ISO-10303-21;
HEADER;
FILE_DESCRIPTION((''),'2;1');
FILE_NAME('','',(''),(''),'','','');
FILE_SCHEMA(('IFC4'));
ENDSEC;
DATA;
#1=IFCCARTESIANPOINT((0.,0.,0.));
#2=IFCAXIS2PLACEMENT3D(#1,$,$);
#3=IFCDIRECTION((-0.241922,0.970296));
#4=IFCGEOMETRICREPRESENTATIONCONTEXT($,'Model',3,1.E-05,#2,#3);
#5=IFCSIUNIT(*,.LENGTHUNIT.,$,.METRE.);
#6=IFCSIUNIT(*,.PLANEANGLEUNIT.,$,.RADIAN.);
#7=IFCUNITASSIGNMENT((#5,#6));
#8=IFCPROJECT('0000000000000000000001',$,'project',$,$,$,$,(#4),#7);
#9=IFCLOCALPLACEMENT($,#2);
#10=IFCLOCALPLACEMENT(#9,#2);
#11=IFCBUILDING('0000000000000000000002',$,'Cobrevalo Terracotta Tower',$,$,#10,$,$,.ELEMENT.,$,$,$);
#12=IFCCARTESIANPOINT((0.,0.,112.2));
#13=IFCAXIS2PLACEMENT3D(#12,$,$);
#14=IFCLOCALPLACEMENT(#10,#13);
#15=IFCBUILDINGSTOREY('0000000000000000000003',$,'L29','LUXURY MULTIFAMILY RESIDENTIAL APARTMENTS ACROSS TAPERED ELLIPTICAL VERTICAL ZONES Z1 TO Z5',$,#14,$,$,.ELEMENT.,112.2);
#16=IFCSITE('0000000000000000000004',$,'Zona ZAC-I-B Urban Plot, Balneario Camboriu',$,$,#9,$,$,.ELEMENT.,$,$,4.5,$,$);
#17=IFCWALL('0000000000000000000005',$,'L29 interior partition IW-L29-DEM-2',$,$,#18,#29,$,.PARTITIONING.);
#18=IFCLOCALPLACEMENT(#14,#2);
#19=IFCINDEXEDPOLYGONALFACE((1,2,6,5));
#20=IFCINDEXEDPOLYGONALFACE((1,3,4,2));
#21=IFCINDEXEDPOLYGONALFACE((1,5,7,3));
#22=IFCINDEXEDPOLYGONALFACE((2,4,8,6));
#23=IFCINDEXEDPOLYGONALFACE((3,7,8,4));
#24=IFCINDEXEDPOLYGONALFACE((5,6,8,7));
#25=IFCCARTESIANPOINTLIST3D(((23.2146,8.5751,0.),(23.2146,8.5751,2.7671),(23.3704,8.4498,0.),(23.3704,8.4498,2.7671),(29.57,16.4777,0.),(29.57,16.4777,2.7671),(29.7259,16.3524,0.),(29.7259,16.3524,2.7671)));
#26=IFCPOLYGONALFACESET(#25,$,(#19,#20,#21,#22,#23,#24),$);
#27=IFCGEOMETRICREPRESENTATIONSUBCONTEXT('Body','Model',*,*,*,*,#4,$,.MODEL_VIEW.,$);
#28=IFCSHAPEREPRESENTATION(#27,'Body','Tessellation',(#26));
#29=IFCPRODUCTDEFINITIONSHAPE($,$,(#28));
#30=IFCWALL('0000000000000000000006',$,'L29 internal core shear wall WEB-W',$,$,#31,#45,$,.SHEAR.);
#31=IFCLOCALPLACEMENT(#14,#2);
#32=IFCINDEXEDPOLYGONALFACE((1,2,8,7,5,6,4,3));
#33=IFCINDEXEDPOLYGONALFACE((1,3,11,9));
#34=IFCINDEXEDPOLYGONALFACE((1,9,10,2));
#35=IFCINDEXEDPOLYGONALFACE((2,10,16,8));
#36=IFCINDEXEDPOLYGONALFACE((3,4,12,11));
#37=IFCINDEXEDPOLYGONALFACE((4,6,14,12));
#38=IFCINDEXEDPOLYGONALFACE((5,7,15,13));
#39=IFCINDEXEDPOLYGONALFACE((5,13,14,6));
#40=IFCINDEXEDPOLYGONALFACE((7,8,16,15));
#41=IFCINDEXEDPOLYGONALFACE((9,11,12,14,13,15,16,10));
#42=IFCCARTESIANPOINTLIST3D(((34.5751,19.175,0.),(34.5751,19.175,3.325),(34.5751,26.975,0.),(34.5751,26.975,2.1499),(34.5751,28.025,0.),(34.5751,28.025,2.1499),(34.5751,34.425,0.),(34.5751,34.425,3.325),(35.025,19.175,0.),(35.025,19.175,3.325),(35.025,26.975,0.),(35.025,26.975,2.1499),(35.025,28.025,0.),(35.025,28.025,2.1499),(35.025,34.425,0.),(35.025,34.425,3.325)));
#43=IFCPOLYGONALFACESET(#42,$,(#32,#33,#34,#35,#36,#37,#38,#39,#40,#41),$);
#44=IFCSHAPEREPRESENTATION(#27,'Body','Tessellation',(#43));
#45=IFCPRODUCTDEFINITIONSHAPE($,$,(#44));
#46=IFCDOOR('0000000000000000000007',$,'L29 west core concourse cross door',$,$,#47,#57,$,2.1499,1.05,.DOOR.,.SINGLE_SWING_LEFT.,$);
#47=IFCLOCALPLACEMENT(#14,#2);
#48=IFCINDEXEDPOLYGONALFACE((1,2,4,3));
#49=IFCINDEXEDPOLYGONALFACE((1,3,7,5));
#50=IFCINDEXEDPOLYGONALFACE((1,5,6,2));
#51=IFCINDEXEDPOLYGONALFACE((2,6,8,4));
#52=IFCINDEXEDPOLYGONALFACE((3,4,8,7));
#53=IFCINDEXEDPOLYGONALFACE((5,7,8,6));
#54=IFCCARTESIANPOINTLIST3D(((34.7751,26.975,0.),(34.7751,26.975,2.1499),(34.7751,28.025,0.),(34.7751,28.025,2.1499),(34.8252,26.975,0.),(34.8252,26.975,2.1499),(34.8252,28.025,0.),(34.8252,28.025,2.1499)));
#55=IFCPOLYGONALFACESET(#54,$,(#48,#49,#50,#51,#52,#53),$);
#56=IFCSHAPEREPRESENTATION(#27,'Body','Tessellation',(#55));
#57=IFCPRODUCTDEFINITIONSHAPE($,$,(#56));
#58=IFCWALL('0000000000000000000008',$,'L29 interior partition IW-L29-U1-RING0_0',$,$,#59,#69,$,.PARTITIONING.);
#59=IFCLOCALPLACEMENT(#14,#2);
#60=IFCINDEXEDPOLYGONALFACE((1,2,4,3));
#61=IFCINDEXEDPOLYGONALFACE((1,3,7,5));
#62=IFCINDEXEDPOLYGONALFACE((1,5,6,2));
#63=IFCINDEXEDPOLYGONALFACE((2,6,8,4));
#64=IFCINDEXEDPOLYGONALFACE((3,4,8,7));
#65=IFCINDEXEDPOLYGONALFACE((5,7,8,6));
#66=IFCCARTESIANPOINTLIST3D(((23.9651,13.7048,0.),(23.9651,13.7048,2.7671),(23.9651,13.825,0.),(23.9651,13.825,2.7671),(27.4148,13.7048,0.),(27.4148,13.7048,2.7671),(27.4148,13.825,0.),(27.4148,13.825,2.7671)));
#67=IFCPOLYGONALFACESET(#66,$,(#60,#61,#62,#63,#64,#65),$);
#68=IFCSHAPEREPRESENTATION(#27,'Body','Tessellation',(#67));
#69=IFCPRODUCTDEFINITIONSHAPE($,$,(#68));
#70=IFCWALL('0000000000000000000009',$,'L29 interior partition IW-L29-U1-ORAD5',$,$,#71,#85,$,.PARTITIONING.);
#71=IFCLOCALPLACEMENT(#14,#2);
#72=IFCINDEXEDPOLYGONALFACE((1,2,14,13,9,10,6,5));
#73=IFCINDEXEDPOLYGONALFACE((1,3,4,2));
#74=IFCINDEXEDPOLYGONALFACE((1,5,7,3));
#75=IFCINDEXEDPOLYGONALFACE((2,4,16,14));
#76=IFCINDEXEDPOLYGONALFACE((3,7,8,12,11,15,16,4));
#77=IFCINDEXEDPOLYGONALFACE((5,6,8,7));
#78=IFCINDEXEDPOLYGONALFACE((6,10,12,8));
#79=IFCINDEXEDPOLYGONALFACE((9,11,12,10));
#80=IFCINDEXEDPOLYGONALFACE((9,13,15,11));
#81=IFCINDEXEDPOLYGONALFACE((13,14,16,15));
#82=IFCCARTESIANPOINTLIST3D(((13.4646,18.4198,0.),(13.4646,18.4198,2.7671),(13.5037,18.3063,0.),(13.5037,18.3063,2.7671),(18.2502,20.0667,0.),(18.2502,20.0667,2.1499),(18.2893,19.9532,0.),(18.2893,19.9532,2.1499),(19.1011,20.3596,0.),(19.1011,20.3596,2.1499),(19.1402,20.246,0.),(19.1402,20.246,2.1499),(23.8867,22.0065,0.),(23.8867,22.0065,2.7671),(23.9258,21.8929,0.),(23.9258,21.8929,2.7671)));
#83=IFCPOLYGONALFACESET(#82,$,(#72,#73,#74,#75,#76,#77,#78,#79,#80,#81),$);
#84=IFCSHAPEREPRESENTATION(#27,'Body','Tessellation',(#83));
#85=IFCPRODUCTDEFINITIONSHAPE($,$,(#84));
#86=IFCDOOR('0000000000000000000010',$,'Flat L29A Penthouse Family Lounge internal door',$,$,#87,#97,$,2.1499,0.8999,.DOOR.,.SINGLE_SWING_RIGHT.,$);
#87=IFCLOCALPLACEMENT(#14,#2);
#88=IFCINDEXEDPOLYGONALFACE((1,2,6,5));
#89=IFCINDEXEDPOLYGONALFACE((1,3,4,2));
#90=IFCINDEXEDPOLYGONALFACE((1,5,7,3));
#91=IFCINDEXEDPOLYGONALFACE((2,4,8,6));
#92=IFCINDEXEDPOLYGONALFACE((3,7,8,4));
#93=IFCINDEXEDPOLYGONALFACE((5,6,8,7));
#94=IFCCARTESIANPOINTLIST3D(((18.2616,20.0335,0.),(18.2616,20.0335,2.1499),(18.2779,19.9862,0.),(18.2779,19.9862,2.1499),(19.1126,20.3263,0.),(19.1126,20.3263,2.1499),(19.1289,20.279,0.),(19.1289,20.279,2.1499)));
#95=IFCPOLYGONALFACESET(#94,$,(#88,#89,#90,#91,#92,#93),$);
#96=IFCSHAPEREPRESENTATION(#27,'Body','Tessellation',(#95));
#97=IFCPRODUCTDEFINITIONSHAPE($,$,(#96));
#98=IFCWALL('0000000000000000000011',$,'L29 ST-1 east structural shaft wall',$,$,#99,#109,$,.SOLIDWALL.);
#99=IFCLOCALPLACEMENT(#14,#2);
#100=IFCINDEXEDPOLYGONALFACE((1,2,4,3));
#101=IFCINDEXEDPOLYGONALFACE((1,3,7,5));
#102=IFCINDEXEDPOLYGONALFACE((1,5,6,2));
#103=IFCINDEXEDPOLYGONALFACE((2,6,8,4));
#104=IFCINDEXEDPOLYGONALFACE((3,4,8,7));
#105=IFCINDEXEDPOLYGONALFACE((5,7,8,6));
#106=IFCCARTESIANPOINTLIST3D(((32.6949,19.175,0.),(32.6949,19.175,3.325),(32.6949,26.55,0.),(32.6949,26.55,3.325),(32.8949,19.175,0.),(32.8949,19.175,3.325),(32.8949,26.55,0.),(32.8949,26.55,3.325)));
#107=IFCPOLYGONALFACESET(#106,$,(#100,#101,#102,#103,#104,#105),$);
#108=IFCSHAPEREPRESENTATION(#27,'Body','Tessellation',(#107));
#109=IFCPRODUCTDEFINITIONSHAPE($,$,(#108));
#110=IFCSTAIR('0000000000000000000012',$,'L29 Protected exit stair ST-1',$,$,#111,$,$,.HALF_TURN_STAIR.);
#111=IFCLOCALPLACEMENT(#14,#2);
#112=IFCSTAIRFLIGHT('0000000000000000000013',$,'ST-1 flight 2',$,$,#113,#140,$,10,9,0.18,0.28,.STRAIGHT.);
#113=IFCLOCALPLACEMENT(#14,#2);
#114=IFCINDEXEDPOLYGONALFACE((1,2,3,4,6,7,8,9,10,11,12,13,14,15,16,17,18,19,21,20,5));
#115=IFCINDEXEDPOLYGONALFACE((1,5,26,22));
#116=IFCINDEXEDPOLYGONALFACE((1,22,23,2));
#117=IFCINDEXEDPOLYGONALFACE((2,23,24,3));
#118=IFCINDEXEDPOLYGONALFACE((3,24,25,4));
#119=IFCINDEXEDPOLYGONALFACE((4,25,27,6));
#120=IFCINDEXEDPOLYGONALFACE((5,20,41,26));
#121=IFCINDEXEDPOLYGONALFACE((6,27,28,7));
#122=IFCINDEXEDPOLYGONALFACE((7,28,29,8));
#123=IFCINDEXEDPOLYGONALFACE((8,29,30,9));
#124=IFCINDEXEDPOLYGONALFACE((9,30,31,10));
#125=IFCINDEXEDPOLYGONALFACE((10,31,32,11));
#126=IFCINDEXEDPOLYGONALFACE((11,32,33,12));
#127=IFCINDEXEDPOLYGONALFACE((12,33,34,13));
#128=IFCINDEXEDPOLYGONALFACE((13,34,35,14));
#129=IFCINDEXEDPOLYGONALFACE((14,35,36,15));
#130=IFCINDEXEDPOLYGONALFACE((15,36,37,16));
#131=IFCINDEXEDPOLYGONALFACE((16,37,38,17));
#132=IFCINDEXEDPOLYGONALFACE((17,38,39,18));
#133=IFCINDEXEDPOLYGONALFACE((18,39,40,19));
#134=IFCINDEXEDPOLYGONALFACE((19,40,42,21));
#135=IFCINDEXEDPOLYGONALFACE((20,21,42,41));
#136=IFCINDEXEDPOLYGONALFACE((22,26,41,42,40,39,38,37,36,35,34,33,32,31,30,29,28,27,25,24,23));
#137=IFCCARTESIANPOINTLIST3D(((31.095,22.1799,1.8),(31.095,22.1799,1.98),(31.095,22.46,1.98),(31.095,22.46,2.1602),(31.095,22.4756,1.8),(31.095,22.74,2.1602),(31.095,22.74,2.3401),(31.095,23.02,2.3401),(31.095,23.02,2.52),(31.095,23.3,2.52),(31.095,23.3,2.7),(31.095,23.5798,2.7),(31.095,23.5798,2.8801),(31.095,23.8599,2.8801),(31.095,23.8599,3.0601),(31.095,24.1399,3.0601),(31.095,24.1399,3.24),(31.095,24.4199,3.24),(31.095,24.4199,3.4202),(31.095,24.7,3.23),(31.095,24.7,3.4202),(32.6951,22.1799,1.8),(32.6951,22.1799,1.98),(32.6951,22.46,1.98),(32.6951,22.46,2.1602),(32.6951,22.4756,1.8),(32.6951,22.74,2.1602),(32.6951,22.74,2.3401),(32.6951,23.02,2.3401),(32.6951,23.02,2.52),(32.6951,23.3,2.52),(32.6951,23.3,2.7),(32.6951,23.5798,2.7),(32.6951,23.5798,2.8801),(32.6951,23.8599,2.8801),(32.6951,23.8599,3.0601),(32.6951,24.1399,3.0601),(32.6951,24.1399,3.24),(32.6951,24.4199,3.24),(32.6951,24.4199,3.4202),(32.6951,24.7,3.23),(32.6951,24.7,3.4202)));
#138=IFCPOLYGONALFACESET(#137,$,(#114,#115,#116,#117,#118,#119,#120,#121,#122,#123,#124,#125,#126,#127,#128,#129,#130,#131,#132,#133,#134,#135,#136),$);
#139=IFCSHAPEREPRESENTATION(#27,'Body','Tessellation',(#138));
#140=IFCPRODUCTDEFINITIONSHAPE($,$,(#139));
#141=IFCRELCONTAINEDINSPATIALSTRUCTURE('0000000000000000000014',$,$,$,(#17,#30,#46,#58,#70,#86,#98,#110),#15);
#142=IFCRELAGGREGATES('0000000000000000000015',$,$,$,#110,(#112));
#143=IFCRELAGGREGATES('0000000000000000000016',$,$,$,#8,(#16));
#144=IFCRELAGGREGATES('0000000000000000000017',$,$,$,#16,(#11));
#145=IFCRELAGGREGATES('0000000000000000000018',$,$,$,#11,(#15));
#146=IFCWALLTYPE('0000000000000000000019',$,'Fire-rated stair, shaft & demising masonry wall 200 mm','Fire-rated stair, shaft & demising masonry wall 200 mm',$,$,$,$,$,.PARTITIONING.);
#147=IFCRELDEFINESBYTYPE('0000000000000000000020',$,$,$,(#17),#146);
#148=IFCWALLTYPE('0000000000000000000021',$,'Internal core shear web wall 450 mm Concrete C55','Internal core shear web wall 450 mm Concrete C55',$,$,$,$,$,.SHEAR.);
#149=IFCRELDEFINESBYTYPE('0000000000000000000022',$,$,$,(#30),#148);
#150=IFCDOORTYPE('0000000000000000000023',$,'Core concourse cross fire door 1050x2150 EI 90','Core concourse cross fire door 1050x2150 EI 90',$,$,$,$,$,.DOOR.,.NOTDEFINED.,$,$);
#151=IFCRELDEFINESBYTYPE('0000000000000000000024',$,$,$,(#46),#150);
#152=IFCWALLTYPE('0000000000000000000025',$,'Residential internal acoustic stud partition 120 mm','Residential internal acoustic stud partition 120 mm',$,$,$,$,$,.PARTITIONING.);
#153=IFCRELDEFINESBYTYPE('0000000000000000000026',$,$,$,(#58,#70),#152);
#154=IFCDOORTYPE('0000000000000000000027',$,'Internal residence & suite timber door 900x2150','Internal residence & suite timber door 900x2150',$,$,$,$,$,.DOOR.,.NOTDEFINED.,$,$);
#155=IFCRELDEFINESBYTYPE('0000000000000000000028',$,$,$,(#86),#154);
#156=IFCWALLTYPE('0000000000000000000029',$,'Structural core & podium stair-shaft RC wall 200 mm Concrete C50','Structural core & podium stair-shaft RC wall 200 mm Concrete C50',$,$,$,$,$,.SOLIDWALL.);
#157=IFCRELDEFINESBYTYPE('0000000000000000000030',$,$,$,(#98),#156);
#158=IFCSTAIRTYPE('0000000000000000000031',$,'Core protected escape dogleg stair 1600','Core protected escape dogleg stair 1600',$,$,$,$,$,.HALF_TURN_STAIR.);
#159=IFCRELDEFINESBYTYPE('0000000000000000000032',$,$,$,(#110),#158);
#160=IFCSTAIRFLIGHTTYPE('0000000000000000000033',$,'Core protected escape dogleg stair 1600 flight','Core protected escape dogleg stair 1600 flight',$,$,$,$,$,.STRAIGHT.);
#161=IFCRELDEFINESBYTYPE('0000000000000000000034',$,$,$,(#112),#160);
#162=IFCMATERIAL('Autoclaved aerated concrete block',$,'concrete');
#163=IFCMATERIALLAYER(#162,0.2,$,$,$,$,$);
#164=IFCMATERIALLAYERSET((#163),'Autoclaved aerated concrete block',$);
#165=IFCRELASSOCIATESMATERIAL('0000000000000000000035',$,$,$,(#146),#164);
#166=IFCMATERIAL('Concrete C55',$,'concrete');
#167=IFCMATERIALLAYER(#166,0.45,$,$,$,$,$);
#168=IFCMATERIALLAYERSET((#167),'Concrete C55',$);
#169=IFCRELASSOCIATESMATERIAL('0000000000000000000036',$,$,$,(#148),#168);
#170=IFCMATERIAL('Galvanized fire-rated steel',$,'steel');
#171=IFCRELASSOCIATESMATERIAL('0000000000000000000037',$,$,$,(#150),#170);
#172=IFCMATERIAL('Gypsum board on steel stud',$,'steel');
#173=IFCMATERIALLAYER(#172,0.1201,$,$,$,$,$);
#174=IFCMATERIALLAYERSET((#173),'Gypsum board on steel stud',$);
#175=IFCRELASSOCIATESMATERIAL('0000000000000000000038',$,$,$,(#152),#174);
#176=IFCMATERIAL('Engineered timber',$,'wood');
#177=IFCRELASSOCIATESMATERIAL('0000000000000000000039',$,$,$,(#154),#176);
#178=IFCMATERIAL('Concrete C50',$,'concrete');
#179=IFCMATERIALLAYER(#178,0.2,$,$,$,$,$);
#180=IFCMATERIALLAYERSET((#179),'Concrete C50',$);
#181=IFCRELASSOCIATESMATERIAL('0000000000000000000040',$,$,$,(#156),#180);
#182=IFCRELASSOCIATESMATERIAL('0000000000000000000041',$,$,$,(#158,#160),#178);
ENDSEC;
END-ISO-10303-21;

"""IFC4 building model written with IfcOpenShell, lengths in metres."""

from ifc_helpers import new_model, si_unit, direction, frame, frame_2d, origin, place, context, subcontext, project, spatial, polyline, rectangle, outline, extrude, source, transform, mapped, material, layer, layer_set, type_object, element, fill, aggregate, save


model = new_model("IFC4")

# Units and contexts
model_context = context("Model", 3, precision=1e-05, world=origin(), true_north=direction((-0.241922, 0.970296)))
body_context = subcontext(model_context, "Body", "Model", "MODEL_VIEW")
ifc_project = project(units=[si_unit("LENGTHUNIT", "METRE"), si_unit("PLANEANGLEUNIT", "RADIAN")], contexts=[model_context])

# Site, building, storey
site_placement = place(None, origin())
site = spatial("IfcSite", under=ifc_project, at=site_placement, Name="Zona ZAC-I-B Urban Plot, Balneario Camboriu", CompositionType="ELEMENT", RefElevation=4.5)
building_placement = place(site_placement, origin())
building = spatial("IfcBuilding", under=site, at=building_placement, Name="Cobrevalo Terracotta Tower", CompositionType="ELEMENT")
storey_placement = place(building_placement, frame((0.0, 0.0, 112.2)))
storey = spatial("IfcBuildingStorey", under=building, at=storey_placement, Name="L29", Description="LUXURY MULTIFAMILY RESIDENTIAL APARTMENTS ACROSS TAPERED ELLIPTICAL VERTICAL ZONES Z1 TO Z5", CompositionType="ELEMENT", Elevation=112.2)

# Shared definitions
ifc_material_1 = material(Name="Concrete C55", Category="concrete")

# Shared definitions
ifc_material_2 = material(Name="Galvanized fire-rated steel", Category="steel")

# Shared definitions
ifc_material_3 = material(Name="Gypsum board on steel stud", Category="steel")

# Wall
ifc_material_4 = material(Name="Autoclaved aerated concrete block", Category="concrete")
ifc_layer_1 = layer(ifc_material_4, 0.2)
ifc_layer_set_1 = layer_set([ifc_layer_1], Name="Autoclaved aerated concrete block")
wall_type_1 = type_object("IfcWallType", Name="Fire-rated stair, shaft & demising masonry wall 200 mm", Description="Fire-rated stair, shaft & demising masonry wall 200 mm", PredefinedType="PARTITIONING", material=ifc_layer_set_1)
wall_1_placement = place(storey_placement, frame((29.6479, 16.415, 0.0), z_axis=(0.0, 0.0, 1.0), x_axis=(-0.626701, -0.77926, 0.0)))
element("IfcWall", 1, at=wall_1_placement, inside=storey, type_object=wall_type_1, Name="L29 interior partition IW-L29-DEM-2", PredefinedType="PARTITIONING", context=body_context, shape_type="SweptSolid", body=[
    extrude(rectangle(XDim=10.1411, YDim=0.2, at=frame_2d((5.0706, 0.0))), origin(), (0.0, 0.0, 1.0), 2.7671),
])

# Wall, opening, door
ifc_layer_2 = layer(ifc_material_1, 0.45)
ifc_layer_set_2 = layer_set([ifc_layer_2], Name="Concrete C55")
wall_type_2 = type_object("IfcWallType", Name="Internal core shear web wall 450 mm Concrete C55", Description="Internal core shear web wall 450 mm Concrete C55", PredefinedType="SHEAR", material=ifc_layer_set_2)
wall_2_placement = place(storey_placement, frame((34.8, 19.175, 0.0), z_axis=(0.0, 0.0, 1.0), x_axis=(0.0, 1.0, 0.0)))
wall_2 = element("IfcWall", 2, at=wall_2_placement, inside=storey, type_object=wall_type_2, Name="L29 internal core shear wall WEB-W", PredefinedType="SHEAR", context=body_context, shape_type="SweptSolid", body=[
    extrude(rectangle(XDim=15.25, YDim=0.45, at=frame_2d((7.625, 0.0))), origin(), (0.0, 0.0, 1.0), 3.325),
])
opening_1_placement = place(wall_2_placement, frame((7.8, 0.0, 0.0)))
opening_1 = element("IfcOpeningElement", 3, at=opening_1_placement, cuts=wall_2, PredefinedType="OPENING", context=body_context, shape_type="SweptSolid", body=[
    extrude(rectangle(XDim=1.05, YDim=2.1499, at=frame_2d((0.5249, 1.075))), frame((0.0, 0.2349, 0.0), z_axis=(0.0, -1.0, 0.0), x_axis=(1.0, 0.0, 0.0)), (0.0, 0.0, 1.0), 0.47),
])
door_type_1 = type_object("IfcDoorType", Name="Core concourse cross fire door 1050x2150 EI 90", Description="Core concourse cross fire door 1050x2150 EI 90", OperationType="NOTDEFINED", PredefinedType="DOOR", material=ifc_material_2)
shared_shape_1 = source(origin(), body_context, "Body", "SweptSolid", [
    extrude(rectangle(XDim=1.05, YDim=2.1499, at=frame_2d((0.5249, 1.075))), frame((0.0, 0.0249, 0.0), z_axis=(0.0, -1.0, 0.0), x_axis=(1.0, 0.0, 0.0)), (0.0, 0.0, 1.0), 0.05),
])
door_1_placement = place(opening_1_placement, origin())
door_1 = element("IfcDoor", 4, at=door_1_placement, inside=storey, type_object=door_type_1, Name="L29 west core concourse cross door", OperationType="SINGLE_SWING_LEFT", OverallHeight=2.1499, OverallWidth=1.05, PredefinedType="DOOR", context=body_context, shape_type="MappedRepresentation", body=[
    mapped(shared_shape_1, transform((0.0, 0.0, 0.0), scale=1.0)),
])
fill(opening_1, door_1)

# Wall
ifc_layer_3 = layer(ifc_material_3, 0.1201)
ifc_layer_set_3 = layer_set([ifc_layer_3], Name="Gypsum board on steel stud")
wall_type_3 = type_object("IfcWallType", Name="Residential internal acoustic stud partition 120 mm", Description="Residential internal acoustic stud partition 120 mm", PredefinedType="PARTITIONING", material=ifc_layer_set_3)
wall_3_placement = place(storey_placement, frame((27.4148, 13.7649, 0.0), z_axis=(0.0, 0.0, 1.0), x_axis=(-1.0, 0.0, 0.0)))
element("IfcWall", 5, at=wall_3_placement, inside=storey, type_object=wall_type_3, Name="L29 interior partition IW-L29-U1-RING0_0", PredefinedType="PARTITIONING", context=body_context, shape_type="SweptSolid", body=[
    extrude(rectangle(XDim=3.4497, YDim=0.1201, at=frame_2d((1.7249, 0.0))), origin(), (0.0, 0.0, 1.0), 2.7671),
])

# Wall, opening, door
wall_4_placement = place(storey_placement, frame((23.9062, 21.9497, 0.0), z_axis=(0.0, 0.0, 1.0), x_axis=(-0.945573, -0.32541, 0.0)))
wall_4 = element("IfcWall", 6, at=wall_4_placement, inside=storey, type_object=wall_type_3, Name="L29 interior partition IW-L29-U1-ORAD5", PredefinedType="PARTITIONING", context=body_context, shape_type="SweptSolid", body=[
    extrude(rectangle(XDim=11.022, YDim=0.1201, at=frame_2d((5.511, 0.0))), origin(), (0.0, 0.0, 1.0), 2.7671),
])
opening_2_placement = place(wall_4_placement, frame((5.061, 0.0, 0.0)))
opening_2 = element("IfcOpeningElement", 7, at=opening_2_placement, cuts=wall_4, PredefinedType="OPENING", context=body_context, shape_type="SweptSolid", body=[
    extrude(rectangle(XDim=0.8999, YDim=2.1499, at=frame_2d((0.45, 1.075))), frame((0.0, 0.0701, 0.0), z_axis=(0.0, -1.0, 0.0), x_axis=(1.0, 0.0, 0.0)), (0.0, 0.0, 1.0), 0.1401),
])
ifc_material_5 = material(Name="Engineered timber", Category="wood")
door_type_2 = type_object("IfcDoorType", Name="Internal residence & suite timber door 900x2150", Description="Internal residence & suite timber door 900x2150", OperationType="NOTDEFINED", PredefinedType="DOOR", material=ifc_material_5)
shared_shape_2 = source(origin(), body_context, "Body", "SweptSolid", [
    extrude(rectangle(XDim=0.8999, YDim=2.1499, at=frame_2d((0.45, 1.075))), frame((0.0, 0.0249, 0.0), z_axis=(0.0, -1.0, 0.0), x_axis=(1.0, 0.0, 0.0)), (0.0, 0.0, 1.0), 0.05),
])
door_2_placement = place(opening_2_placement, frame((0.8999, 0.0, 0.0), z_axis=(0.0, 0.0, 1.0), x_axis=(-1.0, 0.0, 0.0)))
door_2 = element("IfcDoor", 8, at=door_2_placement, inside=storey, type_object=door_type_2, Name="Flat L29A Penthouse Family Lounge internal door", OperationType="SINGLE_SWING_RIGHT", OverallHeight=2.1499, OverallWidth=0.8999, PredefinedType="DOOR", context=body_context, shape_type="MappedRepresentation", body=[
    mapped(shared_shape_2, transform((0.0, 0.0, 0.0), scale=1.0)),
])
fill(opening_2, door_2)

# Wall
ifc_material_6 = material(Name="Concrete C50", Category="concrete")
ifc_layer_4 = layer(ifc_material_6, 0.2)
ifc_layer_set_4 = layer_set([ifc_layer_4], Name="Concrete C50")
wall_type_4 = type_object("IfcWallType", Name="Structural core & podium stair-shaft RC wall 200 mm Concrete C50", Description="Structural core & podium stair-shaft RC wall 200 mm Concrete C50", PredefinedType="SOLIDWALL", material=ifc_layer_set_4)
wall_5_placement = place(storey_placement, frame((32.7949, 19.175, 0.0), z_axis=(0.0, 0.0, 1.0), x_axis=(0.0, 1.0, 0.0)))
element("IfcWall", 9, at=wall_5_placement, inside=storey, type_object=wall_type_4, Name="L29 ST-1 east structural shaft wall", PredefinedType="SOLIDWALL", context=body_context, shape_type="SweptSolid", body=[
    extrude(rectangle(XDim=7.375, YDim=0.2, at=frame_2d((3.6875, 0.0))), origin(), (0.0, 0.0, 1.0), 3.325),
])

# Stair, stair flight
stair_type = type_object("IfcStairType", Name="Core protected escape dogleg stair 1600", Description="Core protected escape dogleg stair 1600", PredefinedType="HALF_TURN_STAIR", material=ifc_material_6)
stair_placement = place(storey_placement, origin())
stair = element("IfcStair", 10, at=stair_placement, inside=storey, type_object=stair_type, Name="L29 Protected exit stair ST-1", PredefinedType="HALF_TURN_STAIR")
stair_flight_type = type_object("IfcStairFlightType", Name="Core protected escape dogleg stair 1600 flight", Description="Core protected escape dogleg stair 1600 flight", PredefinedType="STRAIGHT", material=ifc_material_6)
stair_flight_placement = place(storey_placement, frame((31.895, 22.1799, 1.8), z_axis=(0.0, 0.0, 1.0), x_axis=(0.0, 1.0, 0.0)))
stair_flight = element("IfcStairFlight", 11, at=stair_flight_placement, type_object=stair_flight_type, Name="ST-1 flight 2", NumberOfRisers=10, NumberOfTreads=9, PredefinedType="STRAIGHT", RiserHeight=0.18, TreadLength=0.28, context=body_context, shape_type="SweptSolid", body=[
    extrude(outline(polyline([(0.0, 0.0), (0.0, 0.1799), (0.28, 0.1799), (0.28, 0.3601), (0.5601, 0.3601), (0.5601, 0.54), (0.8401, 0.54), (0.8401, 0.72), (1.1201, 0.72), (1.1201, 0.8999), (1.3999, 0.8999), (1.3999, 1.0801), (1.6799, 1.0801), (1.6799, 1.26), (1.96, 1.26), (1.96, 1.4399), (2.24, 1.4399), (2.24, 1.6201), (2.52, 1.6201), (2.52, 1.8), (2.52, 1.4299), (0.2957, 0.0), (0.0, 0.0)])), frame((0.0, 0.8, 0.0), z_axis=(0.0, -1.0, 0.0), x_axis=(1.0, 0.0, 0.0)), (0.0, 0.0, 1.0), 1.6001),
])
aggregate(stair, [stair_flight])

save(model, "model.ifc")
